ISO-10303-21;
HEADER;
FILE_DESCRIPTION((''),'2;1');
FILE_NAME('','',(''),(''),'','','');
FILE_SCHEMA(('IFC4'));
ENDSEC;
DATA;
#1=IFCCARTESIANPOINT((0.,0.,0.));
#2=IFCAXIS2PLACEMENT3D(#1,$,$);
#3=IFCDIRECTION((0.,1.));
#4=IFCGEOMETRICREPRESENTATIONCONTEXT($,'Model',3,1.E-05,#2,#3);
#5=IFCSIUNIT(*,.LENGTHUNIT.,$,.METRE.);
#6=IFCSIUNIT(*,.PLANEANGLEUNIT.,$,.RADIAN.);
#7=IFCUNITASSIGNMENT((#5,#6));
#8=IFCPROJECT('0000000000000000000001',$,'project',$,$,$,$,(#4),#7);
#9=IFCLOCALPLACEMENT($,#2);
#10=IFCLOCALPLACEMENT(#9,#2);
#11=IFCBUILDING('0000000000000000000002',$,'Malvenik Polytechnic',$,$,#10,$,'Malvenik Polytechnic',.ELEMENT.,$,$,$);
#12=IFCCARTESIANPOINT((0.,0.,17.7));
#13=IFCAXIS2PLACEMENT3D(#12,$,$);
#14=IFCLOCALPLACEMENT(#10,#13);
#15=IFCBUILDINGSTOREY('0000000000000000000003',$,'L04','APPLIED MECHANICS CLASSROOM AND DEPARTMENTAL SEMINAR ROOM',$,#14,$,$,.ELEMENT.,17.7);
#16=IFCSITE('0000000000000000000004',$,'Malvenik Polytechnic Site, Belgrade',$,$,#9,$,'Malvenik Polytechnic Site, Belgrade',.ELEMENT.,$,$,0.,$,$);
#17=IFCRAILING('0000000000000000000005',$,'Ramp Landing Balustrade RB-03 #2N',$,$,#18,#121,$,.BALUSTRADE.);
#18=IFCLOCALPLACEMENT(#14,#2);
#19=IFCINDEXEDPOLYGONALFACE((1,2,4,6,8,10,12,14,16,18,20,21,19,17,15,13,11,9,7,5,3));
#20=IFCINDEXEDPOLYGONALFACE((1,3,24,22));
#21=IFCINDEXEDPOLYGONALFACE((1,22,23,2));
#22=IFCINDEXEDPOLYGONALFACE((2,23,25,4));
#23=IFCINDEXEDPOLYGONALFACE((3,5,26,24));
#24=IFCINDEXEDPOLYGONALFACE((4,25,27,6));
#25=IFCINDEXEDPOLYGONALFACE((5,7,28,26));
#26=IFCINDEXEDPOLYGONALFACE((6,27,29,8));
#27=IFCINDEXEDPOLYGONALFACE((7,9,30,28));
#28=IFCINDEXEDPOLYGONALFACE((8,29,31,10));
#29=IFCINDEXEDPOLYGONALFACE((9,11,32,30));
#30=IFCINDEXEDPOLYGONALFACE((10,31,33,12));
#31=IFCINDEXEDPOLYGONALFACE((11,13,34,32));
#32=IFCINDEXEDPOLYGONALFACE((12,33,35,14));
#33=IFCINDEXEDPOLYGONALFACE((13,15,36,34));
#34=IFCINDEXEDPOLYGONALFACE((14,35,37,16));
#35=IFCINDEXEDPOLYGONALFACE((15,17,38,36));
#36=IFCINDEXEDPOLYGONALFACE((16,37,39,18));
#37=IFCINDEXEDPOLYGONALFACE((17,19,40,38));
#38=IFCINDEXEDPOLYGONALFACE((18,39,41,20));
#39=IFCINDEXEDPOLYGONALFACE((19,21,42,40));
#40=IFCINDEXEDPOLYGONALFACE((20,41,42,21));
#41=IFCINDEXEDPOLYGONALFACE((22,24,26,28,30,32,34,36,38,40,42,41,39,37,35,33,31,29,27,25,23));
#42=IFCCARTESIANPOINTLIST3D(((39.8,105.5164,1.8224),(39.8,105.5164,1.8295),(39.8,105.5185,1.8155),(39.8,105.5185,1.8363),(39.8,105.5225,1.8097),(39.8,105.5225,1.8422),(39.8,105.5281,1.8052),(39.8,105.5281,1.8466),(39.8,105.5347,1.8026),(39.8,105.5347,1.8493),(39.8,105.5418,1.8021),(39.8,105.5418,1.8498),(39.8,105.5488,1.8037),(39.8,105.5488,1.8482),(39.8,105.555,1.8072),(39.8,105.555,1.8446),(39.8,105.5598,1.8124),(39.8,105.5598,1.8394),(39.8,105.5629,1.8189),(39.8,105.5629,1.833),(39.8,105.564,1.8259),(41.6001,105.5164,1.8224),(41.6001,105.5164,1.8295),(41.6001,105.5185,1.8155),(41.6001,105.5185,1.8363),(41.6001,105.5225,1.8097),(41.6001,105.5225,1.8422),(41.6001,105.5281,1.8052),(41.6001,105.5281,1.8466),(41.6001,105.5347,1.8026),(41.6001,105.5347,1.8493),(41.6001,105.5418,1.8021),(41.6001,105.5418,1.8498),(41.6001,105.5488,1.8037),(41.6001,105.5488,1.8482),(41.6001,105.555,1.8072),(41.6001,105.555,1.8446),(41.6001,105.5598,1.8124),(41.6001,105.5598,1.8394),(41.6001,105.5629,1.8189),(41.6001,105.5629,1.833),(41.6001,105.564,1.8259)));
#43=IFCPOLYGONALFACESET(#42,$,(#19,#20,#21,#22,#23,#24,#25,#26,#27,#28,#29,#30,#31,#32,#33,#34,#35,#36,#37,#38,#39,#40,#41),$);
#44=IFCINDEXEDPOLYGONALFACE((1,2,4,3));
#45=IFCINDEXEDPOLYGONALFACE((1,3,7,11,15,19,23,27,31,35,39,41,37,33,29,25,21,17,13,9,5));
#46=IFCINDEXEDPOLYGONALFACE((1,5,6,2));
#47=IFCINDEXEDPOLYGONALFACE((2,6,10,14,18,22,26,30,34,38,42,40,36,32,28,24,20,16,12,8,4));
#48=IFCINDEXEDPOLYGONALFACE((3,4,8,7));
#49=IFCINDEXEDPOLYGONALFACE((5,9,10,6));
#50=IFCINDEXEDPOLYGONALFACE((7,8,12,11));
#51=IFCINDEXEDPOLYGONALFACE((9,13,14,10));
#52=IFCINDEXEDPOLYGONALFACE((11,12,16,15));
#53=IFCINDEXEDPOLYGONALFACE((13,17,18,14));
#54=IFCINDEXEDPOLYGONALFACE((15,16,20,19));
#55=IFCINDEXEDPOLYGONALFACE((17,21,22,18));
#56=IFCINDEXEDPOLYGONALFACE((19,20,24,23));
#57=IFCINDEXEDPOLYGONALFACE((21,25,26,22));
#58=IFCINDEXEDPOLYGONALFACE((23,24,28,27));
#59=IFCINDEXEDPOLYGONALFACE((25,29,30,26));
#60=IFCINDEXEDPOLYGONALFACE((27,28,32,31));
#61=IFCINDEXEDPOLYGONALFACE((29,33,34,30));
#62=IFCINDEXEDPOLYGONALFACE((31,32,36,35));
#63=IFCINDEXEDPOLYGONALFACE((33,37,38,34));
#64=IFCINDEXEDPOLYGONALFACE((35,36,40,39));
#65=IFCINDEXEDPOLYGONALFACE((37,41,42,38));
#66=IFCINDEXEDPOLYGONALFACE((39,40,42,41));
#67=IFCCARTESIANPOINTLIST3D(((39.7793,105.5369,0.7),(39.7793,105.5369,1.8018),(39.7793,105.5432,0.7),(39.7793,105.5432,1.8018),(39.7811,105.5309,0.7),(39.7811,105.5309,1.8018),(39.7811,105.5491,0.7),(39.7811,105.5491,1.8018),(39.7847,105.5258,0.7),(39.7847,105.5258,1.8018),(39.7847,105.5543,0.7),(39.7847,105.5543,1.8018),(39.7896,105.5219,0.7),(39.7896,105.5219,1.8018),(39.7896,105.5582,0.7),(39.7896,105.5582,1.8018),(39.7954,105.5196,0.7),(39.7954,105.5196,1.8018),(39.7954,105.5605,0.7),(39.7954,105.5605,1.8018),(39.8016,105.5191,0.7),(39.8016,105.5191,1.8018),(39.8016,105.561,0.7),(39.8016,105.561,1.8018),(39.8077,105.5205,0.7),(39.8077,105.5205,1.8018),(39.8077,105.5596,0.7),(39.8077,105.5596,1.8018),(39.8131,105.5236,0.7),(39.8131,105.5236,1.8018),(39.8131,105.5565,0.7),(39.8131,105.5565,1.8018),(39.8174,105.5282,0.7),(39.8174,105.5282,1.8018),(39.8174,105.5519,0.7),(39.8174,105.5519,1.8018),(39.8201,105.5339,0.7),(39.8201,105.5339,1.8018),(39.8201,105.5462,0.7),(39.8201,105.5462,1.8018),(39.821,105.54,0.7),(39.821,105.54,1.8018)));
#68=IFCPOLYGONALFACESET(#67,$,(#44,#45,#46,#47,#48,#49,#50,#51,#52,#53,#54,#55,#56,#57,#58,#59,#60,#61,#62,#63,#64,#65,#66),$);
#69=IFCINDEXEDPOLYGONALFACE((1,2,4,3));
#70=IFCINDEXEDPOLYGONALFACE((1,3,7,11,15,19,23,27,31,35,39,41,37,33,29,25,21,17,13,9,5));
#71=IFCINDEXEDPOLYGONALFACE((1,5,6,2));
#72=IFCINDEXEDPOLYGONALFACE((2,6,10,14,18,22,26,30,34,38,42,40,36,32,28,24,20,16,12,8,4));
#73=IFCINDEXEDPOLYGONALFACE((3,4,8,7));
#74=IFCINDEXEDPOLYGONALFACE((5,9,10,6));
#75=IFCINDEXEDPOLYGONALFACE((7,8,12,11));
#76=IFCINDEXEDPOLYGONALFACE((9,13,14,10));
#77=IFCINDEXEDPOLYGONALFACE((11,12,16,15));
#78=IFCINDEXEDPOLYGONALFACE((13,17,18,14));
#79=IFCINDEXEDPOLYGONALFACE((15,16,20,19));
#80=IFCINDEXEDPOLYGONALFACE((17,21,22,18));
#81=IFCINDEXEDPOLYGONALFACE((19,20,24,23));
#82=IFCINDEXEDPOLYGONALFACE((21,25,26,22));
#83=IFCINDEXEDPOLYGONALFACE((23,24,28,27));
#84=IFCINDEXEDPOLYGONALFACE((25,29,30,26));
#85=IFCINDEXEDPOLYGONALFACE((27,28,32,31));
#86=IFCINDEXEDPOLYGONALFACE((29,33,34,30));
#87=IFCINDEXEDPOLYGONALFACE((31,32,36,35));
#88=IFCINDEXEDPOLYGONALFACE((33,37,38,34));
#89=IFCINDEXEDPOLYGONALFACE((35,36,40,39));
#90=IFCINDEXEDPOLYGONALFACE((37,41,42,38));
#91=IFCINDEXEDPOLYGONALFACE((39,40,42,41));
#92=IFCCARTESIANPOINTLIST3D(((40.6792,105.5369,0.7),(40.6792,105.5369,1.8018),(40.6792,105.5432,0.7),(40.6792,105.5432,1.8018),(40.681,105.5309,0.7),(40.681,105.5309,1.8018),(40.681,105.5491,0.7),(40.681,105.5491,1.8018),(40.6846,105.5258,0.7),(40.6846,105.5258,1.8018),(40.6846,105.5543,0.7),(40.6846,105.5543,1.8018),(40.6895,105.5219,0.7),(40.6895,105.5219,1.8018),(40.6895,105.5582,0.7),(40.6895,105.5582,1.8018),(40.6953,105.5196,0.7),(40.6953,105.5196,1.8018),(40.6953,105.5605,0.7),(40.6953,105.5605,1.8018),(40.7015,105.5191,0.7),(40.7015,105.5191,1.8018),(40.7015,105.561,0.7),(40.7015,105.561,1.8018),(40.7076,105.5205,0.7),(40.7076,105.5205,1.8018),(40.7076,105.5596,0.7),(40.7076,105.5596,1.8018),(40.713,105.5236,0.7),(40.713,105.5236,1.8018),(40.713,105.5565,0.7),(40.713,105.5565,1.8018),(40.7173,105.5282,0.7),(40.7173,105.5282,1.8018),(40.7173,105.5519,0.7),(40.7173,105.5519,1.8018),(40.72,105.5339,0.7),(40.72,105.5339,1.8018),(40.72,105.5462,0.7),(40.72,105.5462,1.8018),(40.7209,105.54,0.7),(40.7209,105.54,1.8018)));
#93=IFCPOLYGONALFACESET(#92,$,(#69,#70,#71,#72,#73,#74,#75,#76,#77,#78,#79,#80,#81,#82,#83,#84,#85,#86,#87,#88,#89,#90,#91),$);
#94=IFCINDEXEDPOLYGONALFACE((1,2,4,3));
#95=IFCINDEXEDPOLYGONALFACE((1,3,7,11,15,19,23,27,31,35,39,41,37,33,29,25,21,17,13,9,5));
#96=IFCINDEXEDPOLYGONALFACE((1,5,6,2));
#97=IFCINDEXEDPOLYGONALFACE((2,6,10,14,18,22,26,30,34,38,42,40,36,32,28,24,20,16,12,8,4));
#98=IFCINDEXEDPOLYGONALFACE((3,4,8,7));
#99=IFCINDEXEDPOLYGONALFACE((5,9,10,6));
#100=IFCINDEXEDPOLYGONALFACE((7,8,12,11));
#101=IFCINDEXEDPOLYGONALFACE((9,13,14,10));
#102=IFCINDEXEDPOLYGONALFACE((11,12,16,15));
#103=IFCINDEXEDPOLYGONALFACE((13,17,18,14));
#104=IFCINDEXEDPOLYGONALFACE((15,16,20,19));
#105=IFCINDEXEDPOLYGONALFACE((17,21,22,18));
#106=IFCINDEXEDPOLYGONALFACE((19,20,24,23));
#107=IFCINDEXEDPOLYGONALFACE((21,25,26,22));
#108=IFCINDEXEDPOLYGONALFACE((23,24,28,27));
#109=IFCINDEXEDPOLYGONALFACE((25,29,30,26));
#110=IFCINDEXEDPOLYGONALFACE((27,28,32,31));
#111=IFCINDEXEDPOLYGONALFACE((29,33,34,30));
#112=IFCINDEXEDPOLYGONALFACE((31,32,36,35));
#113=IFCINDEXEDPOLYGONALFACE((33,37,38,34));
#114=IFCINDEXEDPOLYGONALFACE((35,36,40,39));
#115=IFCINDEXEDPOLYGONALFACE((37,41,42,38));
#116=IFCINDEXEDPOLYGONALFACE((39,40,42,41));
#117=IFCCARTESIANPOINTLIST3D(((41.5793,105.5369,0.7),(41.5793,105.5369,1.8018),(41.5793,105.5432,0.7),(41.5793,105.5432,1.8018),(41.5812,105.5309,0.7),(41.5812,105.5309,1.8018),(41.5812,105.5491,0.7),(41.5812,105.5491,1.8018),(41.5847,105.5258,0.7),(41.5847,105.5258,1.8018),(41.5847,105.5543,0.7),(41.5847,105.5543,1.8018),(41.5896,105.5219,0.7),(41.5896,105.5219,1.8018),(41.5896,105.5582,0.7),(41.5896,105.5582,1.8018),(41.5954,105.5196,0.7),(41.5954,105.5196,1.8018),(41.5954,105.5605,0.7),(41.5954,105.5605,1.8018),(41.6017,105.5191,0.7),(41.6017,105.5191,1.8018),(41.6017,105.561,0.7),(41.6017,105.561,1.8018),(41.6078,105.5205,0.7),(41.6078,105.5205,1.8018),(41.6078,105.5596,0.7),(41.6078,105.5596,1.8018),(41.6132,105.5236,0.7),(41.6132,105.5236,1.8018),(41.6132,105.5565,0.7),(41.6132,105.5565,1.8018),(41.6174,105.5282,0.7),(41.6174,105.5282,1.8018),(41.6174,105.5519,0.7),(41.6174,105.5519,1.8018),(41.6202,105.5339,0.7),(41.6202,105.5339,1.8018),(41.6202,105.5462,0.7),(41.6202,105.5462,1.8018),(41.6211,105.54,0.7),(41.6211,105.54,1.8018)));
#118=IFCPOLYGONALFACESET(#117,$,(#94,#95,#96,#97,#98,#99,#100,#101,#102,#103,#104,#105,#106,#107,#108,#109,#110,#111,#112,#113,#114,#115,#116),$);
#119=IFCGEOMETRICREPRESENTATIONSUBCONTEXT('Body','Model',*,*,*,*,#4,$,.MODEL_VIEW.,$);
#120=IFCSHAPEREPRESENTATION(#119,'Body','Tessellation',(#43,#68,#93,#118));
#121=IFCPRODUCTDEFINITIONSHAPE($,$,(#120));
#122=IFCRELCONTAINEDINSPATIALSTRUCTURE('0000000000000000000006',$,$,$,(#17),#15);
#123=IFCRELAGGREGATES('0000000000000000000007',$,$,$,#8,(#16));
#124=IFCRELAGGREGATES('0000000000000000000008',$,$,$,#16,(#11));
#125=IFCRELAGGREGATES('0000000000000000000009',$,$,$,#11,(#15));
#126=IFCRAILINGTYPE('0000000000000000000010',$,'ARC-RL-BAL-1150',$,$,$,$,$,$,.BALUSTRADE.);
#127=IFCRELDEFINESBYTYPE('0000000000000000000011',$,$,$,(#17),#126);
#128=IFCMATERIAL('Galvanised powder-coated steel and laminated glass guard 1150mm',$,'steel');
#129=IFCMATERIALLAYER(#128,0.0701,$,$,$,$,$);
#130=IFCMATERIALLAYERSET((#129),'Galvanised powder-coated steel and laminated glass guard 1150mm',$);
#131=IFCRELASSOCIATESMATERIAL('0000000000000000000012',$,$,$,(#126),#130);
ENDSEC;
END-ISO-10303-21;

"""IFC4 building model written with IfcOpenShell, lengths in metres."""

from ifc_helpers import new_model, si_unit, direction, frame, origin, origin_2d, place, context, subcontext, project, spatial, circle, extrude, material, layer, layer_set, type_object, element, save


model = new_model("IFC4")

# Units and contexts
model_context = context("Model", 3, precision=1e-05, world=origin(), true_north=direction((0.0, 1.0)))
body_context = subcontext(model_context, "Body", "Model", "MODEL_VIEW")
ifc_project = project(units=[si_unit("LENGTHUNIT", "METRE"), si_unit("PLANEANGLEUNIT", "RADIAN")], contexts=[model_context])

# Site, building, storey
site_placement = place(None, origin())
site = spatial("IfcSite", under=ifc_project, at=site_placement, Name="Malvenik Polytechnic Site, Belgrade", LongName="Malvenik Polytechnic Site, Belgrade", CompositionType="ELEMENT", RefElevation=0.0)
building_placement = place(site_placement, origin())
building = spatial("IfcBuilding", under=site, at=building_placement, Name="Malvenik Polytechnic", LongName="Malvenik Polytechnic", CompositionType="ELEMENT")
storey_placement = place(building_placement, frame((0.0, 0.0, 17.7)))
storey = spatial("IfcBuildingStorey", under=building, at=storey_placement, Name="L04", Description="APPLIED MECHANICS CLASSROOM AND DEPARTMENTAL SEMINAR ROOM", CompositionType="ELEMENT", Elevation=17.7)

# Railing
ifc_material_1 = material(Name="Galvanised powder-coated steel and laminated glass guard 1150mm", Category="steel")
ifc_layer_1 = layer(ifc_material_1, 0.0701)
ifc_layer_set_1 = layer_set([ifc_layer_1], Name="Galvanised powder-coated steel and laminated glass guard 1150mm")
railing_type_1 = type_object("IfcRailingType", Name="ARC-RL-BAL-1150", PredefinedType="BALUSTRADE", material=ifc_layer_set_1)
railing_1_placement = place(storey_placement, frame((39.8, 105.54, 0.7)))
element("IfcRailing", 1, at=railing_1_placement, inside=storey, type_object=railing_type_1, Name="Ramp Landing Balustrade RB-03 #2N", PredefinedType="BALUSTRADE", context=body_context, shape_type="SweptSolid", body=[
    extrude(circle(Radius=0.0239, at=origin_2d()), frame((0.0, 0.0, 1.126), z_axis=(1.0, 0.0, 0.0), x_axis=(0.0, 1.0, 0.0)), (0.0, 0.0, 1.0), 1.8),
    extrude(circle(Radius=0.021, at=origin_2d()), origin(), (0.0, 0.0, 1.0), 1.1018),
    extrude(circle(Radius=0.021, at=origin_2d()), frame((0.8999, 0.0, 0.0)), (0.0, 0.0, 1.0), 1.1018),
    extrude(circle(Radius=0.021, at=origin_2d()), frame((1.8, 0.0, 0.0)), (0.0, 0.0, 1.0), 1.1018),
])

save(model, "model.ifc")
